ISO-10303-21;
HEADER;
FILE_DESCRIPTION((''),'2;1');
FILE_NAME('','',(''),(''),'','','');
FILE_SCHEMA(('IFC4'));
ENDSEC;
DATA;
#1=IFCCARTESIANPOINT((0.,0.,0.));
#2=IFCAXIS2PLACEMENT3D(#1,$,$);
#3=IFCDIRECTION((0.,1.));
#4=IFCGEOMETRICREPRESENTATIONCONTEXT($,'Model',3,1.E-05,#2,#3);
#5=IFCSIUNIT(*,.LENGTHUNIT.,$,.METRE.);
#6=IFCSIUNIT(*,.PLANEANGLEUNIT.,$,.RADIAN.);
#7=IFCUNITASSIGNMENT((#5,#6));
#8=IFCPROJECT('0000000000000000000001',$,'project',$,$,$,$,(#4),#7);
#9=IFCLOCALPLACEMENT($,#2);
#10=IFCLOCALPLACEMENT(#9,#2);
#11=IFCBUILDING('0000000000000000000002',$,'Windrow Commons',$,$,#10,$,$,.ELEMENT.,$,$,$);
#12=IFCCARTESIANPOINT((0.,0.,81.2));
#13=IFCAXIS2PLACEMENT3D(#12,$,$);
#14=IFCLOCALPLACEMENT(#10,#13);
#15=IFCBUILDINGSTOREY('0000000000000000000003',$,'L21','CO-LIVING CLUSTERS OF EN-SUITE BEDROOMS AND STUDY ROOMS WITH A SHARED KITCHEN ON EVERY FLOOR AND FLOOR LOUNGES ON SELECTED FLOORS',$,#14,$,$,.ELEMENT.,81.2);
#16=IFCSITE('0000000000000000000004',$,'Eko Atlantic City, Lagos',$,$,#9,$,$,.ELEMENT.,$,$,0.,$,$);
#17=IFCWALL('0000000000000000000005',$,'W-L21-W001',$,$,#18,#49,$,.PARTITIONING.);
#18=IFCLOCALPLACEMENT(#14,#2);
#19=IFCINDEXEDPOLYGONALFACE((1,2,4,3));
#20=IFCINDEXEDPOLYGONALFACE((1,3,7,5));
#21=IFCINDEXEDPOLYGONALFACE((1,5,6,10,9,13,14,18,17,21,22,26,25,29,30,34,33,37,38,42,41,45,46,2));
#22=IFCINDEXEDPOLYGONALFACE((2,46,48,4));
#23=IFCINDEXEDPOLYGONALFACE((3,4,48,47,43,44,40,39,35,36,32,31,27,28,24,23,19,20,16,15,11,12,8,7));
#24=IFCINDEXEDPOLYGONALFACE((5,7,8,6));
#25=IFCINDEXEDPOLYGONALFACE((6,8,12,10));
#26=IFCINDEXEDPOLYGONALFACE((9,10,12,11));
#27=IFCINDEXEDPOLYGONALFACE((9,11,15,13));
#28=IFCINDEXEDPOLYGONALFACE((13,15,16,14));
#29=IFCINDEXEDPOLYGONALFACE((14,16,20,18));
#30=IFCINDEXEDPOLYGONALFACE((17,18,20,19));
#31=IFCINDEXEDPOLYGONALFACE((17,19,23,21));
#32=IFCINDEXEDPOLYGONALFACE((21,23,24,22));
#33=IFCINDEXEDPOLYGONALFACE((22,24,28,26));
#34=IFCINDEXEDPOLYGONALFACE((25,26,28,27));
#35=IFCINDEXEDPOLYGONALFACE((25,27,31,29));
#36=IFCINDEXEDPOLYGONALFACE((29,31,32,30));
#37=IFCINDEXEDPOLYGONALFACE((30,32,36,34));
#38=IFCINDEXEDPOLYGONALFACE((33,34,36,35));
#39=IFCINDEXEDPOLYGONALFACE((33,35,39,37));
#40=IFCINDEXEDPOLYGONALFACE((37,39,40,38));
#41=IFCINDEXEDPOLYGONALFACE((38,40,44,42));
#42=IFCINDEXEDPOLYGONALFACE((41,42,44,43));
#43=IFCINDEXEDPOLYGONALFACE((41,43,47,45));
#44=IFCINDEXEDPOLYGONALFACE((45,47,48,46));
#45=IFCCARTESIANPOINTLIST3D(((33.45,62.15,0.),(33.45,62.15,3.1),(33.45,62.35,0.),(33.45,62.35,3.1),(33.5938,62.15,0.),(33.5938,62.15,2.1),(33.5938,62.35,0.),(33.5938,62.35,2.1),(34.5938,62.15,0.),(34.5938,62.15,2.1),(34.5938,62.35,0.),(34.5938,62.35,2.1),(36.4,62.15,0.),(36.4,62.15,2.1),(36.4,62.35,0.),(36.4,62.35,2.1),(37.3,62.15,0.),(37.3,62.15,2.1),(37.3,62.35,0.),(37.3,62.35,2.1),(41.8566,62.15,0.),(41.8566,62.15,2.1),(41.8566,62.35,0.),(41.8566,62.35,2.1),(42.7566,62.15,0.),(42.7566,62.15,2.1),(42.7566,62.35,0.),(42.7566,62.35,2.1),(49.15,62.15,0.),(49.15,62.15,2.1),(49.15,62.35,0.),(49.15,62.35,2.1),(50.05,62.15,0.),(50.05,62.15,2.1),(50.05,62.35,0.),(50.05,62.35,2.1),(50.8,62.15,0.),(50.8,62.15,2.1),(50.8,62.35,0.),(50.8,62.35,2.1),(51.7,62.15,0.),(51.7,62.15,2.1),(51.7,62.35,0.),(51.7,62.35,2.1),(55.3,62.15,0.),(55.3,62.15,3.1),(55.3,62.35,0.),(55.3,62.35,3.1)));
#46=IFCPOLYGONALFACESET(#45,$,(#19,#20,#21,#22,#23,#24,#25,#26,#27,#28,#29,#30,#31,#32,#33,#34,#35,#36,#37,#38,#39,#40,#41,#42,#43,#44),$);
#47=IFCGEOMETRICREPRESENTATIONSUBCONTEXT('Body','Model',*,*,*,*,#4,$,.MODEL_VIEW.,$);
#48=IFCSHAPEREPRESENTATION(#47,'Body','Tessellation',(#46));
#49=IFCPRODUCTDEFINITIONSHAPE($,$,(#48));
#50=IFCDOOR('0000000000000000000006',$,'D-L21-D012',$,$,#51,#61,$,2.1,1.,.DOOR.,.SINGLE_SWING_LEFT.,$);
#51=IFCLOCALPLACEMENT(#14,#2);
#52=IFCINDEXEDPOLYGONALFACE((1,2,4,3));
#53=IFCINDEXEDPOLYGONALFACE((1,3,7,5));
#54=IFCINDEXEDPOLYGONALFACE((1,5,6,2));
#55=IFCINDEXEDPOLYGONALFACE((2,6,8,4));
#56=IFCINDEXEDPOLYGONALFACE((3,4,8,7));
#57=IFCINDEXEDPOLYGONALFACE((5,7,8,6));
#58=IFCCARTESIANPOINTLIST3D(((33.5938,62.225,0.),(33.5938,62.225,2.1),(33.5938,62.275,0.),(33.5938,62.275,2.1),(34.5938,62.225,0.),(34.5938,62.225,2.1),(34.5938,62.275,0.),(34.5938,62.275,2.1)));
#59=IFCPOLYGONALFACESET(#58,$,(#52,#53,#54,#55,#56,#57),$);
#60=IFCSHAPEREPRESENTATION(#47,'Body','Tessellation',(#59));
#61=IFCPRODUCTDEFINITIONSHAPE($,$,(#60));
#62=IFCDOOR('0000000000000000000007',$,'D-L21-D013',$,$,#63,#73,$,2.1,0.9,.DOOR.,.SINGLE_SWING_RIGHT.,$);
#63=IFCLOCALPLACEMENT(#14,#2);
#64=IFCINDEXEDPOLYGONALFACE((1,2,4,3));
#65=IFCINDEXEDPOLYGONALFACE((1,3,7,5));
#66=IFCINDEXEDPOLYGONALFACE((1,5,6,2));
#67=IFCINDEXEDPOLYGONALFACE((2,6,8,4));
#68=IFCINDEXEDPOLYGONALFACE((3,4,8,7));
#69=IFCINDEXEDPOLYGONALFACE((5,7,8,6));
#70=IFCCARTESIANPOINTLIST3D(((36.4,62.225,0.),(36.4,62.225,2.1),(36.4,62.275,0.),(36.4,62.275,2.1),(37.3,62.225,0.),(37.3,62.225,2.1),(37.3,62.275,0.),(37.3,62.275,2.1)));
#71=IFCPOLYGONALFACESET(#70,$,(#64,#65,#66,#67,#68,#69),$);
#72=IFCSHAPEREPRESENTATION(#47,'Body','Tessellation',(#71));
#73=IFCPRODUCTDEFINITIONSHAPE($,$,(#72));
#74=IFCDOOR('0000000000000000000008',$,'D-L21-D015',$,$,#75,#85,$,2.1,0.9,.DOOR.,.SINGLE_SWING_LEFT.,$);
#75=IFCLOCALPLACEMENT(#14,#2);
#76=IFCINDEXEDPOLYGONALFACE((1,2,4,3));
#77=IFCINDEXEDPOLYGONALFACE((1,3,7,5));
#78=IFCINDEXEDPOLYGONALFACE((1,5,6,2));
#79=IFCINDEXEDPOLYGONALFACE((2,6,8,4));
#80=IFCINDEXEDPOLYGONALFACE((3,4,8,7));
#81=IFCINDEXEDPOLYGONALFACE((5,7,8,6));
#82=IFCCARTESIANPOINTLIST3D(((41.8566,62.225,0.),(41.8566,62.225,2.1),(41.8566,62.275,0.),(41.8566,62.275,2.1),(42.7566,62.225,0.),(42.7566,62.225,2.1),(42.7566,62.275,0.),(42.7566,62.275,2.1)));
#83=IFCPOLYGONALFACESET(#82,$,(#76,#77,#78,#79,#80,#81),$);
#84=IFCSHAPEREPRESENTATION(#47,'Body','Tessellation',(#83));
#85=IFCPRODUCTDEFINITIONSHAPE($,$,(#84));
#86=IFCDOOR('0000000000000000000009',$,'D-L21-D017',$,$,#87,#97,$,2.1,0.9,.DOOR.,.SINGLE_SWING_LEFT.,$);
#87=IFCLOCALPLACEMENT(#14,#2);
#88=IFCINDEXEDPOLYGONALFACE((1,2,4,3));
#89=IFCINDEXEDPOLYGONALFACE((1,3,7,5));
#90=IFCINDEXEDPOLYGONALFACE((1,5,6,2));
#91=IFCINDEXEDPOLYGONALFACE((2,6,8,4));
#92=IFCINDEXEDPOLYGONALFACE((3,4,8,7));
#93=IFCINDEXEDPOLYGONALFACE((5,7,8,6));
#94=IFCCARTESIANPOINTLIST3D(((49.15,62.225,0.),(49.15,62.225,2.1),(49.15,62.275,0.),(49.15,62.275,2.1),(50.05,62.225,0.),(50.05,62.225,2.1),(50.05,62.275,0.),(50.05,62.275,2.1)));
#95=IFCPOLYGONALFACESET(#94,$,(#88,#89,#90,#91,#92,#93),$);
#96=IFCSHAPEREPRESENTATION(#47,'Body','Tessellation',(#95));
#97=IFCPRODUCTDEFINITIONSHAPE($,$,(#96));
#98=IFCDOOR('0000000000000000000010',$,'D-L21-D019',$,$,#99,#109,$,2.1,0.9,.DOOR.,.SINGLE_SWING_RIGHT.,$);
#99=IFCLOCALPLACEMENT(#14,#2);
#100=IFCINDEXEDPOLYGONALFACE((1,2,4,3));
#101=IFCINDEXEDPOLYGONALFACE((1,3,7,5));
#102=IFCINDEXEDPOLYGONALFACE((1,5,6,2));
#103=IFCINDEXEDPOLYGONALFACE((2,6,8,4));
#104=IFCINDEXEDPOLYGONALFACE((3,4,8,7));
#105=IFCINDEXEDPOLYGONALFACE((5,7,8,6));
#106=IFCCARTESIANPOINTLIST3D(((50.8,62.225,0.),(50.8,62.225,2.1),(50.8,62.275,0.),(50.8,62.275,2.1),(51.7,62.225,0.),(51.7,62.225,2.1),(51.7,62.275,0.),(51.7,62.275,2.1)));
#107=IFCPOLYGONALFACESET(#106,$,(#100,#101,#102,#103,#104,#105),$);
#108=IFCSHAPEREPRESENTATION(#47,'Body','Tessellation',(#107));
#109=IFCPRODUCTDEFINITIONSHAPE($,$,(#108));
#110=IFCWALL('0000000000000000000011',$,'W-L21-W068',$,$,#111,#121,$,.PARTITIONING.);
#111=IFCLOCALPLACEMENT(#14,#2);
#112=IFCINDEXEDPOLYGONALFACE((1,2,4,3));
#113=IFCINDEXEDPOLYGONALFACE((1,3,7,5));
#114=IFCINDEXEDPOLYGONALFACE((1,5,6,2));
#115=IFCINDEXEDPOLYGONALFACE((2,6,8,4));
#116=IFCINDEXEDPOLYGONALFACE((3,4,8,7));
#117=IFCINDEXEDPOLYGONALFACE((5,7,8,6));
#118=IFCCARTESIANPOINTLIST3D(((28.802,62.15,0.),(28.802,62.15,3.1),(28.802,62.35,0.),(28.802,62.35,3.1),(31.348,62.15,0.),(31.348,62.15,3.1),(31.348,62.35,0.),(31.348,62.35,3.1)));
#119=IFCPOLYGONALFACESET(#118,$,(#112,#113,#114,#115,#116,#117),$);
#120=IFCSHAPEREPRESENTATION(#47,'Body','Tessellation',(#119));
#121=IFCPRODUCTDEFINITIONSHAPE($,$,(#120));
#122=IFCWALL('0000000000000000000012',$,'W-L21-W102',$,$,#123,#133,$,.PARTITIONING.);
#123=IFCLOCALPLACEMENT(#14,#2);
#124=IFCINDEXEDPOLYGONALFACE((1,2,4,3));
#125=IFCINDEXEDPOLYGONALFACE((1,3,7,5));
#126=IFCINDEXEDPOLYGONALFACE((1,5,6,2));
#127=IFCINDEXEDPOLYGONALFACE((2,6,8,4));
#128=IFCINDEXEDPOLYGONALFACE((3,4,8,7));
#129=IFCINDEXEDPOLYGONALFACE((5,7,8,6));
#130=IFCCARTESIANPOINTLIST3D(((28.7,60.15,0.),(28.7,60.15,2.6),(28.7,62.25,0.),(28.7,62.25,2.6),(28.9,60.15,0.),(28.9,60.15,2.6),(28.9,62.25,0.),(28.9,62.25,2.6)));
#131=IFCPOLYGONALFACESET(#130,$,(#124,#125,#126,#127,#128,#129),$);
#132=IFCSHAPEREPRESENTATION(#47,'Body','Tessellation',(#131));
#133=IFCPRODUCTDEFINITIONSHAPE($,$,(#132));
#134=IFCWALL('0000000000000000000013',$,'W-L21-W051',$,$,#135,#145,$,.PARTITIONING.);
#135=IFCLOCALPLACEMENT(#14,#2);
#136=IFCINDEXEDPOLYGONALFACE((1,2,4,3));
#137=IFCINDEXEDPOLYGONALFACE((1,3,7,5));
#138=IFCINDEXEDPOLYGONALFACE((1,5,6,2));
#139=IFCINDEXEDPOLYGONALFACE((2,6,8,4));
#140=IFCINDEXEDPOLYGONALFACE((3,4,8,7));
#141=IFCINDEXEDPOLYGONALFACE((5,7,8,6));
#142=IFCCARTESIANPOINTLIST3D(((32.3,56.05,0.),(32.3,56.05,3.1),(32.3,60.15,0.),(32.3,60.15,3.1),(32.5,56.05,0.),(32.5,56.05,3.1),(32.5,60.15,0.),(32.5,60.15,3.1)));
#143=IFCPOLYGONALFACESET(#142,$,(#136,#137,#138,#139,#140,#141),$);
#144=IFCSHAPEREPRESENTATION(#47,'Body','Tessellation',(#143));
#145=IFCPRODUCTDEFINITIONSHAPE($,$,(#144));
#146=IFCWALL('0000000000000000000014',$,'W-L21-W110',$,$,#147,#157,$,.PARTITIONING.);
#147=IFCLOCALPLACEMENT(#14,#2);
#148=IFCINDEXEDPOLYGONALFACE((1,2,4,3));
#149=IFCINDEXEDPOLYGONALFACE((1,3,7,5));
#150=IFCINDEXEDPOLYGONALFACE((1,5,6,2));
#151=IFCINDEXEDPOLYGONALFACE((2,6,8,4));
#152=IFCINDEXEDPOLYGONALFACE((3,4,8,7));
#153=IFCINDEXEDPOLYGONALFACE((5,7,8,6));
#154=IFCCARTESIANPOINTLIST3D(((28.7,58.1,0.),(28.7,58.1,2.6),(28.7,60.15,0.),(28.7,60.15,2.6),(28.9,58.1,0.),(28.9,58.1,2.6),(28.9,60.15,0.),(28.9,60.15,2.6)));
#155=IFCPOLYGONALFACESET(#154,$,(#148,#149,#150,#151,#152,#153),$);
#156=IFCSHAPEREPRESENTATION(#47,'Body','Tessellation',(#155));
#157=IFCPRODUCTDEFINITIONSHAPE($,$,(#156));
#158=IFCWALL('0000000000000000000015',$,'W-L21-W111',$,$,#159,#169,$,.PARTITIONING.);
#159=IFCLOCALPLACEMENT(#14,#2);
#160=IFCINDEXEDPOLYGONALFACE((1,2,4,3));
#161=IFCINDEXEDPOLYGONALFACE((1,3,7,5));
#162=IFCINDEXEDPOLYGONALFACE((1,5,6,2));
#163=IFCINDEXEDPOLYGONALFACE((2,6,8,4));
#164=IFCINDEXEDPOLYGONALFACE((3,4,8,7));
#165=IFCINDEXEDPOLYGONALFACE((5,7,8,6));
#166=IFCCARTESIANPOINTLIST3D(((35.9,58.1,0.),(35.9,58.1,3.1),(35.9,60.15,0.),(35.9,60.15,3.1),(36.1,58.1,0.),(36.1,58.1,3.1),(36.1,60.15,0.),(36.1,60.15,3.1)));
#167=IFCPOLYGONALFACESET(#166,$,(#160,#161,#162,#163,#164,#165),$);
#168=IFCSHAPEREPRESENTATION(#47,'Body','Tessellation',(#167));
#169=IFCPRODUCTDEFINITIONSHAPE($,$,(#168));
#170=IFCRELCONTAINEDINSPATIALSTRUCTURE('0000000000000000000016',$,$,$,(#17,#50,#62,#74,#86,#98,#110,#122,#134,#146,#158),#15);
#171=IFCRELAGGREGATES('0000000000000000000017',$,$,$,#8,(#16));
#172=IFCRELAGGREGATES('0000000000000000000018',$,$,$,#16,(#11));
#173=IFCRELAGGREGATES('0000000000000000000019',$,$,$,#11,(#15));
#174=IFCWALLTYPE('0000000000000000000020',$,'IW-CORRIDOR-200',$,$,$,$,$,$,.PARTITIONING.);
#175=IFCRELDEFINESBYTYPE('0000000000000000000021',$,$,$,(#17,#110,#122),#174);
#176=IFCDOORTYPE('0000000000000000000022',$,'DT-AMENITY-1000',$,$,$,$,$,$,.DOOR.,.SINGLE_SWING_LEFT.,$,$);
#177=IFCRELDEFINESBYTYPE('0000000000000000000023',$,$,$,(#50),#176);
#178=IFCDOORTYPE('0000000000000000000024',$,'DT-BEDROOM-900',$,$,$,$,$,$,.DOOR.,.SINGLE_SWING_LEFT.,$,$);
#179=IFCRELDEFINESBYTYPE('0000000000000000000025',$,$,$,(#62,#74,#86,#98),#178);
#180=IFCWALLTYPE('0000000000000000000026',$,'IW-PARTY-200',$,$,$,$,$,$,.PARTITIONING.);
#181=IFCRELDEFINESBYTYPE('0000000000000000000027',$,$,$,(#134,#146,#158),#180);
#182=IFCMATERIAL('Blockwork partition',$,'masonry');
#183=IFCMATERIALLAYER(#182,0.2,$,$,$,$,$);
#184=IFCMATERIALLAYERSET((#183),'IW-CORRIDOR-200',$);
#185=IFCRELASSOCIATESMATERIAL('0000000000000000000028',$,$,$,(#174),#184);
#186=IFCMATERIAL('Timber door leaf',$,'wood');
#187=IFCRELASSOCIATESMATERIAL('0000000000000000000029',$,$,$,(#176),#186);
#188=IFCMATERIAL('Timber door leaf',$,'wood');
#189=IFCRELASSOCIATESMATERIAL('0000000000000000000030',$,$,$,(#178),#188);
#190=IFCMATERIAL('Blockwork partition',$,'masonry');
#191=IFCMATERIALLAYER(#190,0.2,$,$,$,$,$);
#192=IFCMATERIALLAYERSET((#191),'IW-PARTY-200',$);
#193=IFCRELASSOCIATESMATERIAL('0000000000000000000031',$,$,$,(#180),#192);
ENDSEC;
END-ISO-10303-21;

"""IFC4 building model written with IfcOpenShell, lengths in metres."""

from ifc_helpers import new_model, si_unit, direction, frame, frame_2d, origin, place, context, subcontext, project, spatial, rectangle, extrude, material, layer, layer_set, type_object, element, fill, save


model = new_model("IFC4")

# Units and contexts
model_context = context("Model", 3, precision=1e-05, world=origin(), true_north=direction((0.0, 1.0)))
body_context = subcontext(model_context, "Body", "Model", "MODEL_VIEW")
ifc_project = project(units=[si_unit("LENGTHUNIT", "METRE"), si_unit("PLANEANGLEUNIT", "RADIAN")], contexts=[model_context])

# Site, building, storey
site_placement = place(None, origin())
site = spatial("IfcSite", under=ifc_project, at=site_placement, Name="Eko Atlantic City, Lagos", CompositionType="ELEMENT", RefElevation=0.0)
building_placement = place(site_placement, origin())
building = spatial("IfcBuilding", under=site, at=building_placement, Name="Windrow Commons", CompositionType="ELEMENT")
storey_placement = place(building_placement, frame((0.0, 0.0, 81.2)))
storey = spatial("IfcBuildingStorey", under=building, at=storey_placement, Name="L21", Description="CO-LIVING CLUSTERS OF EN-SUITE BEDROOMS AND STUDY ROOMS WITH A SHARED KITCHEN ON EVERY FLOOR AND FLOOR LOUNGES ON SELECTED FLOORS", CompositionType="ELEMENT", Elevation=81.2)

# Wall, openings, doors
ifc_material_1 = material(Name="Blockwork partition", Category="masonry")
ifc_layer_1 = layer(ifc_material_1, 0.2)
ifc_layer_set_1 = layer_set([ifc_layer_1], Name="IW-CORRIDOR-200")
wall_type_1 = type_object("IfcWallType", Name="IW-CORRIDOR-200", PredefinedType="PARTITIONING", material=ifc_layer_set_1)
ifc_material_2 = material(Name="Timber door leaf", Category="wood")
door_type_1 = type_object("IfcDoorType", Name="DT-AMENITY-1000", OperationType="SINGLE_SWING_LEFT", PredefinedType="DOOR", material=ifc_material_2)
ifc_material_3 = material(Name="Timber door leaf", Category="wood")
door_type_2 = type_object("IfcDoorType", Name="DT-BEDROOM-900", OperationType="SINGLE_SWING_LEFT", PredefinedType="DOOR", material=ifc_material_3)
wall_1_placement = place(storey_placement, frame((33.45, 62.25, 0.0), z_axis=(0.0, 0.0, 1.0), x_axis=(1.0, 0.0, 0.0)))
wall_1 = element("IfcWall", 1, at=wall_1_placement, inside=storey, type_object=wall_type_1, Name="W-L21-W001", PredefinedType="PARTITIONING", context=body_context, shape_type="SweptSolid", body=[
    extrude(rectangle(XDim=21.85, YDim=0.2, at=frame_2d((10.925, 0.0))), origin(), (0.0, 0.0, 1.0), 3.1),
])
opening_1_placement = place(wall_1_placement, frame((0.1438, 0.0, 0.0)))
opening_1 = element("IfcOpeningElement", 2, at=opening_1_placement, cuts=wall_1, PredefinedType="OPENING", context=body_context, shape_type="SweptSolid", body=[
    extrude(rectangle(XDim=1.0, YDim=2.1, at=frame_2d((0.5, 1.05))), frame((0.0, 0.11, 0.0), z_axis=(0.0, -1.0, 0.0), x_axis=(1.0, 0.0, 0.0)), (0.0, 0.0, 1.0), 0.22),
])
opening_2_placement = place(wall_1_placement, frame((2.95, 0.0, 0.0)))
opening_2 = element("IfcOpeningElement", 3, at=opening_2_placement, cuts=wall_1, PredefinedType="OPENING", context=body_context, shape_type="SweptSolid", body=[
    extrude(rectangle(XDim=0.9, YDim=2.1, at=frame_2d((0.45, 1.05))), frame((0.0, 0.11, 0.0), z_axis=(0.0, -1.0, 0.0), x_axis=(1.0, 0.0, 0.0)), (0.0, 0.0, 1.0), 0.22),
])
opening_3_placement = place(wall_1_placement, frame((8.4066, 0.0, 0.0)))
opening_3 = element("IfcOpeningElement", 4, at=opening_3_placement, cuts=wall_1, PredefinedType="OPENING", context=body_context, shape_type="SweptSolid", body=[
    extrude(rectangle(XDim=0.9, YDim=2.1, at=frame_2d((0.45, 1.05))), frame((0.0, 0.11, 0.0), z_axis=(0.0, -1.0, 0.0), x_axis=(1.0, 0.0, 0.0)), (0.0, 0.0, 1.0), 0.22),
])
opening_4_placement = place(wall_1_placement, frame((15.7, 0.0, 0.0)))
opening_4 = element("IfcOpeningElement", 5, at=opening_4_placement, cuts=wall_1, PredefinedType="OPENING", context=body_context, shape_type="SweptSolid", body=[
    extrude(rectangle(XDim=0.9, YDim=2.1, at=frame_2d((0.45, 1.05))), frame((0.0, 0.11, 0.0), z_axis=(0.0, -1.0, 0.0), x_axis=(1.0, 0.0, 0.0)), (0.0, 0.0, 1.0), 0.22),
])
opening_5_placement = place(wall_1_placement, frame((17.35, 0.0, 0.0)))
opening_5 = element("IfcOpeningElement", 6, at=opening_5_placement, cuts=wall_1, PredefinedType="OPENING", context=body_context, shape_type="SweptSolid", body=[
    extrude(rectangle(XDim=0.9, YDim=2.1, at=frame_2d((0.45, 1.05))), frame((0.0, 0.11, 0.0), z_axis=(0.0, -1.0, 0.0), x_axis=(1.0, 0.0, 0.0)), (0.0, 0.0, 1.0), 0.22),
])
door_1_placement = place(opening_1_placement, origin())
door_1 = element("IfcDoor", 7, at=door_1_placement, inside=storey, type_object=door_type_1, Name="D-L21-D012", OperationType="SINGLE_SWING_LEFT", OverallHeight=2.1, OverallWidth=1.0, PredefinedType="DOOR", context=body_context, shape_type="SweptSolid", body=[
    extrude(rectangle(XDim=1.0, YDim=2.1, at=frame_2d((0.5, 1.05))), frame((0.0, 0.025, 0.0), z_axis=(0.0, -1.0, 0.0), x_axis=(1.0, 0.0, 0.0)), (0.0, 0.0, 1.0), 0.05),
])
fill(opening_1, door_1)
door_2_placement = place(opening_2_placement, origin())
door_2 = element("IfcDoor", 8, at=door_2_placement, inside=storey, type_object=door_type_2, Name="D-L21-D013", OperationType="SINGLE_SWING_RIGHT", OverallHeight=2.1, OverallWidth=0.9, PredefinedType="DOOR", context=body_context, shape_type="SweptSolid", body=[
    extrude(rectangle(XDim=0.9, YDim=2.1, at=frame_2d((0.45, 1.05))), frame((0.0, 0.025, 0.0), z_axis=(0.0, -1.0, 0.0), x_axis=(1.0, 0.0, 0.0)), (0.0, 0.0, 1.0), 0.05),
])
fill(opening_2, door_2)
door_3_placement = place(opening_3_placement, origin())
door_3 = element("IfcDoor", 9, at=door_3_placement, inside=storey, type_object=door_type_2, Name="D-L21-D015", OperationType="SINGLE_SWING_LEFT", OverallHeight=2.1, OverallWidth=0.9, PredefinedType="DOOR", context=body_context, shape_type="SweptSolid", body=[
    extrude(rectangle(XDim=0.9, YDim=2.1, at=frame_2d((0.45, 1.05))), frame((0.0, 0.025, 0.0), z_axis=(0.0, -1.0, 0.0), x_axis=(1.0, 0.0, 0.0)), (0.0, 0.0, 1.0), 0.05),
])
fill(opening_3, door_3)
door_4_placement = place(opening_4_placement, origin())
door_4 = element("IfcDoor", 10, at=door_4_placement, inside=storey, type_object=door_type_2, Name="D-L21-D017", OperationType="SINGLE_SWING_LEFT", OverallHeight=2.1, OverallWidth=0.9, PredefinedType="DOOR", context=body_context, shape_type="SweptSolid", body=[
    extrude(rectangle(XDim=0.9, YDim=2.1, at=frame_2d((0.45, 1.05))), frame((0.0, 0.025, 0.0), z_axis=(0.0, -1.0, 0.0), x_axis=(1.0, 0.0, 0.0)), (0.0, 0.0, 1.0), 0.05),
])
fill(opening_4, door_4)
door_5_placement = place(opening_5_placement, origin())
door_5 = element("IfcDoor", 11, at=door_5_placement, inside=storey, type_object=door_type_2, Name="D-L21-D019", OperationType="SINGLE_SWING_RIGHT", OverallHeight=2.1, OverallWidth=0.9, PredefinedType="DOOR", context=body_context, shape_type="SweptSolid", body=[
    extrude(rectangle(XDim=0.9, YDim=2.1, at=frame_2d((0.45, 1.05))), frame((0.0, 0.025, 0.0), z_axis=(0.0, -1.0, 0.0), x_axis=(1.0, 0.0, 0.0)), (0.0, 0.0, 1.0), 0.05),
])
fill(opening_5, door_5)

# Walls
wall_2_placement = place(storey_placement, frame((28.802, 62.25, 0.0), z_axis=(0.0, 0.0, 1.0), x_axis=(1.0, 0.0, 0.0)))
element("IfcWall", 12, at=wall_2_placement, inside=storey, type_object=wall_type_1, Name="W-L21-W068", PredefinedType="PARTITIONING", context=body_context, shape_type="SweptSolid", body=[
    extrude(rectangle(XDim=2.546, YDim=0.2, at=frame_2d((1.273, 0.0))), origin(), (0.0, 0.0, 1.0), 3.1),
])
wall_3_placement = place(storey_placement, frame((28.8, 60.15, 0.0), z_axis=(0.0, 0.0, 1.0), x_axis=(0.0, 1.0, 0.0)))
element("IfcWall", 13, at=wall_3_placement, inside=storey, type_object=wall_type_1, Name="W-L21-W102", PredefinedType="PARTITIONING", context=body_context, shape_type="SweptSolid", body=[
    extrude(rectangle(XDim=2.1, YDim=0.2, at=frame_2d((1.05, 0.0))), origin(), (0.0, 0.0, 1.0), 2.6),
])
ifc_material_4 = material(Name="Blockwork partition", Category="masonry")
ifc_layer_2 = layer(ifc_material_4, 0.2)
ifc_layer_set_2 = layer_set([ifc_layer_2], Name="IW-PARTY-200")
wall_type_2 = type_object("IfcWallType", Name="IW-PARTY-200", PredefinedType="PARTITIONING", material=ifc_layer_set_2)
wall_4_placement = place(storey_placement, frame((32.4, 56.05, 0.0), z_axis=(0.0, 0.0, 1.0), x_axis=(0.0, 1.0, 0.0)))
element("IfcWall", 14, at=wall_4_placement, inside=storey, type_object=wall_type_2, Name="W-L21-W051", PredefinedType="PARTITIONING", context=body_context, shape_type="SweptSolid", body=[
    extrude(rectangle(XDim=4.1, YDim=0.2, at=frame_2d((2.05, 0.0))), origin(), (0.0, 0.0, 1.0), 3.1),
])
wall_5_placement = place(storey_placement, frame((28.8, 58.1, 0.0), z_axis=(0.0, 0.0, 1.0), x_axis=(0.0, 1.0, 0.0)))
element("IfcWall", 15, at=wall_5_placement, inside=storey, type_object=wall_type_2, Name="W-L21-W110", PredefinedType="PARTITIONING", context=body_context, shape_type="SweptSolid", body=[
    extrude(rectangle(XDim=2.05, YDim=0.2, at=frame_2d((1.025, 0.0))), origin(), (0.0, 0.0, 1.0), 2.6),
])
for number, where, z_axis, x_axis, name in (
    (16, (36.0, 58.1, 0.0), (0.0, 0.0, 1.0), (0.0, 1.0, 0.0), "W-L21-W111"),
):
    element("IfcWall", number, at=place(storey_placement, frame(where, z_axis=z_axis, x_axis=x_axis)), inside=storey, type_object=wall_type_2, Name=name, PredefinedType="PARTITIONING", context=body_context, shape_type="SweptSolid", body=[
        extrude(rectangle(XDim=2.05, YDim=0.2, at=frame_2d((1.025, 0.0))), origin(), (0.0, 0.0, 1.0), 3.1),
    ])

save(model, "model.ifc")
